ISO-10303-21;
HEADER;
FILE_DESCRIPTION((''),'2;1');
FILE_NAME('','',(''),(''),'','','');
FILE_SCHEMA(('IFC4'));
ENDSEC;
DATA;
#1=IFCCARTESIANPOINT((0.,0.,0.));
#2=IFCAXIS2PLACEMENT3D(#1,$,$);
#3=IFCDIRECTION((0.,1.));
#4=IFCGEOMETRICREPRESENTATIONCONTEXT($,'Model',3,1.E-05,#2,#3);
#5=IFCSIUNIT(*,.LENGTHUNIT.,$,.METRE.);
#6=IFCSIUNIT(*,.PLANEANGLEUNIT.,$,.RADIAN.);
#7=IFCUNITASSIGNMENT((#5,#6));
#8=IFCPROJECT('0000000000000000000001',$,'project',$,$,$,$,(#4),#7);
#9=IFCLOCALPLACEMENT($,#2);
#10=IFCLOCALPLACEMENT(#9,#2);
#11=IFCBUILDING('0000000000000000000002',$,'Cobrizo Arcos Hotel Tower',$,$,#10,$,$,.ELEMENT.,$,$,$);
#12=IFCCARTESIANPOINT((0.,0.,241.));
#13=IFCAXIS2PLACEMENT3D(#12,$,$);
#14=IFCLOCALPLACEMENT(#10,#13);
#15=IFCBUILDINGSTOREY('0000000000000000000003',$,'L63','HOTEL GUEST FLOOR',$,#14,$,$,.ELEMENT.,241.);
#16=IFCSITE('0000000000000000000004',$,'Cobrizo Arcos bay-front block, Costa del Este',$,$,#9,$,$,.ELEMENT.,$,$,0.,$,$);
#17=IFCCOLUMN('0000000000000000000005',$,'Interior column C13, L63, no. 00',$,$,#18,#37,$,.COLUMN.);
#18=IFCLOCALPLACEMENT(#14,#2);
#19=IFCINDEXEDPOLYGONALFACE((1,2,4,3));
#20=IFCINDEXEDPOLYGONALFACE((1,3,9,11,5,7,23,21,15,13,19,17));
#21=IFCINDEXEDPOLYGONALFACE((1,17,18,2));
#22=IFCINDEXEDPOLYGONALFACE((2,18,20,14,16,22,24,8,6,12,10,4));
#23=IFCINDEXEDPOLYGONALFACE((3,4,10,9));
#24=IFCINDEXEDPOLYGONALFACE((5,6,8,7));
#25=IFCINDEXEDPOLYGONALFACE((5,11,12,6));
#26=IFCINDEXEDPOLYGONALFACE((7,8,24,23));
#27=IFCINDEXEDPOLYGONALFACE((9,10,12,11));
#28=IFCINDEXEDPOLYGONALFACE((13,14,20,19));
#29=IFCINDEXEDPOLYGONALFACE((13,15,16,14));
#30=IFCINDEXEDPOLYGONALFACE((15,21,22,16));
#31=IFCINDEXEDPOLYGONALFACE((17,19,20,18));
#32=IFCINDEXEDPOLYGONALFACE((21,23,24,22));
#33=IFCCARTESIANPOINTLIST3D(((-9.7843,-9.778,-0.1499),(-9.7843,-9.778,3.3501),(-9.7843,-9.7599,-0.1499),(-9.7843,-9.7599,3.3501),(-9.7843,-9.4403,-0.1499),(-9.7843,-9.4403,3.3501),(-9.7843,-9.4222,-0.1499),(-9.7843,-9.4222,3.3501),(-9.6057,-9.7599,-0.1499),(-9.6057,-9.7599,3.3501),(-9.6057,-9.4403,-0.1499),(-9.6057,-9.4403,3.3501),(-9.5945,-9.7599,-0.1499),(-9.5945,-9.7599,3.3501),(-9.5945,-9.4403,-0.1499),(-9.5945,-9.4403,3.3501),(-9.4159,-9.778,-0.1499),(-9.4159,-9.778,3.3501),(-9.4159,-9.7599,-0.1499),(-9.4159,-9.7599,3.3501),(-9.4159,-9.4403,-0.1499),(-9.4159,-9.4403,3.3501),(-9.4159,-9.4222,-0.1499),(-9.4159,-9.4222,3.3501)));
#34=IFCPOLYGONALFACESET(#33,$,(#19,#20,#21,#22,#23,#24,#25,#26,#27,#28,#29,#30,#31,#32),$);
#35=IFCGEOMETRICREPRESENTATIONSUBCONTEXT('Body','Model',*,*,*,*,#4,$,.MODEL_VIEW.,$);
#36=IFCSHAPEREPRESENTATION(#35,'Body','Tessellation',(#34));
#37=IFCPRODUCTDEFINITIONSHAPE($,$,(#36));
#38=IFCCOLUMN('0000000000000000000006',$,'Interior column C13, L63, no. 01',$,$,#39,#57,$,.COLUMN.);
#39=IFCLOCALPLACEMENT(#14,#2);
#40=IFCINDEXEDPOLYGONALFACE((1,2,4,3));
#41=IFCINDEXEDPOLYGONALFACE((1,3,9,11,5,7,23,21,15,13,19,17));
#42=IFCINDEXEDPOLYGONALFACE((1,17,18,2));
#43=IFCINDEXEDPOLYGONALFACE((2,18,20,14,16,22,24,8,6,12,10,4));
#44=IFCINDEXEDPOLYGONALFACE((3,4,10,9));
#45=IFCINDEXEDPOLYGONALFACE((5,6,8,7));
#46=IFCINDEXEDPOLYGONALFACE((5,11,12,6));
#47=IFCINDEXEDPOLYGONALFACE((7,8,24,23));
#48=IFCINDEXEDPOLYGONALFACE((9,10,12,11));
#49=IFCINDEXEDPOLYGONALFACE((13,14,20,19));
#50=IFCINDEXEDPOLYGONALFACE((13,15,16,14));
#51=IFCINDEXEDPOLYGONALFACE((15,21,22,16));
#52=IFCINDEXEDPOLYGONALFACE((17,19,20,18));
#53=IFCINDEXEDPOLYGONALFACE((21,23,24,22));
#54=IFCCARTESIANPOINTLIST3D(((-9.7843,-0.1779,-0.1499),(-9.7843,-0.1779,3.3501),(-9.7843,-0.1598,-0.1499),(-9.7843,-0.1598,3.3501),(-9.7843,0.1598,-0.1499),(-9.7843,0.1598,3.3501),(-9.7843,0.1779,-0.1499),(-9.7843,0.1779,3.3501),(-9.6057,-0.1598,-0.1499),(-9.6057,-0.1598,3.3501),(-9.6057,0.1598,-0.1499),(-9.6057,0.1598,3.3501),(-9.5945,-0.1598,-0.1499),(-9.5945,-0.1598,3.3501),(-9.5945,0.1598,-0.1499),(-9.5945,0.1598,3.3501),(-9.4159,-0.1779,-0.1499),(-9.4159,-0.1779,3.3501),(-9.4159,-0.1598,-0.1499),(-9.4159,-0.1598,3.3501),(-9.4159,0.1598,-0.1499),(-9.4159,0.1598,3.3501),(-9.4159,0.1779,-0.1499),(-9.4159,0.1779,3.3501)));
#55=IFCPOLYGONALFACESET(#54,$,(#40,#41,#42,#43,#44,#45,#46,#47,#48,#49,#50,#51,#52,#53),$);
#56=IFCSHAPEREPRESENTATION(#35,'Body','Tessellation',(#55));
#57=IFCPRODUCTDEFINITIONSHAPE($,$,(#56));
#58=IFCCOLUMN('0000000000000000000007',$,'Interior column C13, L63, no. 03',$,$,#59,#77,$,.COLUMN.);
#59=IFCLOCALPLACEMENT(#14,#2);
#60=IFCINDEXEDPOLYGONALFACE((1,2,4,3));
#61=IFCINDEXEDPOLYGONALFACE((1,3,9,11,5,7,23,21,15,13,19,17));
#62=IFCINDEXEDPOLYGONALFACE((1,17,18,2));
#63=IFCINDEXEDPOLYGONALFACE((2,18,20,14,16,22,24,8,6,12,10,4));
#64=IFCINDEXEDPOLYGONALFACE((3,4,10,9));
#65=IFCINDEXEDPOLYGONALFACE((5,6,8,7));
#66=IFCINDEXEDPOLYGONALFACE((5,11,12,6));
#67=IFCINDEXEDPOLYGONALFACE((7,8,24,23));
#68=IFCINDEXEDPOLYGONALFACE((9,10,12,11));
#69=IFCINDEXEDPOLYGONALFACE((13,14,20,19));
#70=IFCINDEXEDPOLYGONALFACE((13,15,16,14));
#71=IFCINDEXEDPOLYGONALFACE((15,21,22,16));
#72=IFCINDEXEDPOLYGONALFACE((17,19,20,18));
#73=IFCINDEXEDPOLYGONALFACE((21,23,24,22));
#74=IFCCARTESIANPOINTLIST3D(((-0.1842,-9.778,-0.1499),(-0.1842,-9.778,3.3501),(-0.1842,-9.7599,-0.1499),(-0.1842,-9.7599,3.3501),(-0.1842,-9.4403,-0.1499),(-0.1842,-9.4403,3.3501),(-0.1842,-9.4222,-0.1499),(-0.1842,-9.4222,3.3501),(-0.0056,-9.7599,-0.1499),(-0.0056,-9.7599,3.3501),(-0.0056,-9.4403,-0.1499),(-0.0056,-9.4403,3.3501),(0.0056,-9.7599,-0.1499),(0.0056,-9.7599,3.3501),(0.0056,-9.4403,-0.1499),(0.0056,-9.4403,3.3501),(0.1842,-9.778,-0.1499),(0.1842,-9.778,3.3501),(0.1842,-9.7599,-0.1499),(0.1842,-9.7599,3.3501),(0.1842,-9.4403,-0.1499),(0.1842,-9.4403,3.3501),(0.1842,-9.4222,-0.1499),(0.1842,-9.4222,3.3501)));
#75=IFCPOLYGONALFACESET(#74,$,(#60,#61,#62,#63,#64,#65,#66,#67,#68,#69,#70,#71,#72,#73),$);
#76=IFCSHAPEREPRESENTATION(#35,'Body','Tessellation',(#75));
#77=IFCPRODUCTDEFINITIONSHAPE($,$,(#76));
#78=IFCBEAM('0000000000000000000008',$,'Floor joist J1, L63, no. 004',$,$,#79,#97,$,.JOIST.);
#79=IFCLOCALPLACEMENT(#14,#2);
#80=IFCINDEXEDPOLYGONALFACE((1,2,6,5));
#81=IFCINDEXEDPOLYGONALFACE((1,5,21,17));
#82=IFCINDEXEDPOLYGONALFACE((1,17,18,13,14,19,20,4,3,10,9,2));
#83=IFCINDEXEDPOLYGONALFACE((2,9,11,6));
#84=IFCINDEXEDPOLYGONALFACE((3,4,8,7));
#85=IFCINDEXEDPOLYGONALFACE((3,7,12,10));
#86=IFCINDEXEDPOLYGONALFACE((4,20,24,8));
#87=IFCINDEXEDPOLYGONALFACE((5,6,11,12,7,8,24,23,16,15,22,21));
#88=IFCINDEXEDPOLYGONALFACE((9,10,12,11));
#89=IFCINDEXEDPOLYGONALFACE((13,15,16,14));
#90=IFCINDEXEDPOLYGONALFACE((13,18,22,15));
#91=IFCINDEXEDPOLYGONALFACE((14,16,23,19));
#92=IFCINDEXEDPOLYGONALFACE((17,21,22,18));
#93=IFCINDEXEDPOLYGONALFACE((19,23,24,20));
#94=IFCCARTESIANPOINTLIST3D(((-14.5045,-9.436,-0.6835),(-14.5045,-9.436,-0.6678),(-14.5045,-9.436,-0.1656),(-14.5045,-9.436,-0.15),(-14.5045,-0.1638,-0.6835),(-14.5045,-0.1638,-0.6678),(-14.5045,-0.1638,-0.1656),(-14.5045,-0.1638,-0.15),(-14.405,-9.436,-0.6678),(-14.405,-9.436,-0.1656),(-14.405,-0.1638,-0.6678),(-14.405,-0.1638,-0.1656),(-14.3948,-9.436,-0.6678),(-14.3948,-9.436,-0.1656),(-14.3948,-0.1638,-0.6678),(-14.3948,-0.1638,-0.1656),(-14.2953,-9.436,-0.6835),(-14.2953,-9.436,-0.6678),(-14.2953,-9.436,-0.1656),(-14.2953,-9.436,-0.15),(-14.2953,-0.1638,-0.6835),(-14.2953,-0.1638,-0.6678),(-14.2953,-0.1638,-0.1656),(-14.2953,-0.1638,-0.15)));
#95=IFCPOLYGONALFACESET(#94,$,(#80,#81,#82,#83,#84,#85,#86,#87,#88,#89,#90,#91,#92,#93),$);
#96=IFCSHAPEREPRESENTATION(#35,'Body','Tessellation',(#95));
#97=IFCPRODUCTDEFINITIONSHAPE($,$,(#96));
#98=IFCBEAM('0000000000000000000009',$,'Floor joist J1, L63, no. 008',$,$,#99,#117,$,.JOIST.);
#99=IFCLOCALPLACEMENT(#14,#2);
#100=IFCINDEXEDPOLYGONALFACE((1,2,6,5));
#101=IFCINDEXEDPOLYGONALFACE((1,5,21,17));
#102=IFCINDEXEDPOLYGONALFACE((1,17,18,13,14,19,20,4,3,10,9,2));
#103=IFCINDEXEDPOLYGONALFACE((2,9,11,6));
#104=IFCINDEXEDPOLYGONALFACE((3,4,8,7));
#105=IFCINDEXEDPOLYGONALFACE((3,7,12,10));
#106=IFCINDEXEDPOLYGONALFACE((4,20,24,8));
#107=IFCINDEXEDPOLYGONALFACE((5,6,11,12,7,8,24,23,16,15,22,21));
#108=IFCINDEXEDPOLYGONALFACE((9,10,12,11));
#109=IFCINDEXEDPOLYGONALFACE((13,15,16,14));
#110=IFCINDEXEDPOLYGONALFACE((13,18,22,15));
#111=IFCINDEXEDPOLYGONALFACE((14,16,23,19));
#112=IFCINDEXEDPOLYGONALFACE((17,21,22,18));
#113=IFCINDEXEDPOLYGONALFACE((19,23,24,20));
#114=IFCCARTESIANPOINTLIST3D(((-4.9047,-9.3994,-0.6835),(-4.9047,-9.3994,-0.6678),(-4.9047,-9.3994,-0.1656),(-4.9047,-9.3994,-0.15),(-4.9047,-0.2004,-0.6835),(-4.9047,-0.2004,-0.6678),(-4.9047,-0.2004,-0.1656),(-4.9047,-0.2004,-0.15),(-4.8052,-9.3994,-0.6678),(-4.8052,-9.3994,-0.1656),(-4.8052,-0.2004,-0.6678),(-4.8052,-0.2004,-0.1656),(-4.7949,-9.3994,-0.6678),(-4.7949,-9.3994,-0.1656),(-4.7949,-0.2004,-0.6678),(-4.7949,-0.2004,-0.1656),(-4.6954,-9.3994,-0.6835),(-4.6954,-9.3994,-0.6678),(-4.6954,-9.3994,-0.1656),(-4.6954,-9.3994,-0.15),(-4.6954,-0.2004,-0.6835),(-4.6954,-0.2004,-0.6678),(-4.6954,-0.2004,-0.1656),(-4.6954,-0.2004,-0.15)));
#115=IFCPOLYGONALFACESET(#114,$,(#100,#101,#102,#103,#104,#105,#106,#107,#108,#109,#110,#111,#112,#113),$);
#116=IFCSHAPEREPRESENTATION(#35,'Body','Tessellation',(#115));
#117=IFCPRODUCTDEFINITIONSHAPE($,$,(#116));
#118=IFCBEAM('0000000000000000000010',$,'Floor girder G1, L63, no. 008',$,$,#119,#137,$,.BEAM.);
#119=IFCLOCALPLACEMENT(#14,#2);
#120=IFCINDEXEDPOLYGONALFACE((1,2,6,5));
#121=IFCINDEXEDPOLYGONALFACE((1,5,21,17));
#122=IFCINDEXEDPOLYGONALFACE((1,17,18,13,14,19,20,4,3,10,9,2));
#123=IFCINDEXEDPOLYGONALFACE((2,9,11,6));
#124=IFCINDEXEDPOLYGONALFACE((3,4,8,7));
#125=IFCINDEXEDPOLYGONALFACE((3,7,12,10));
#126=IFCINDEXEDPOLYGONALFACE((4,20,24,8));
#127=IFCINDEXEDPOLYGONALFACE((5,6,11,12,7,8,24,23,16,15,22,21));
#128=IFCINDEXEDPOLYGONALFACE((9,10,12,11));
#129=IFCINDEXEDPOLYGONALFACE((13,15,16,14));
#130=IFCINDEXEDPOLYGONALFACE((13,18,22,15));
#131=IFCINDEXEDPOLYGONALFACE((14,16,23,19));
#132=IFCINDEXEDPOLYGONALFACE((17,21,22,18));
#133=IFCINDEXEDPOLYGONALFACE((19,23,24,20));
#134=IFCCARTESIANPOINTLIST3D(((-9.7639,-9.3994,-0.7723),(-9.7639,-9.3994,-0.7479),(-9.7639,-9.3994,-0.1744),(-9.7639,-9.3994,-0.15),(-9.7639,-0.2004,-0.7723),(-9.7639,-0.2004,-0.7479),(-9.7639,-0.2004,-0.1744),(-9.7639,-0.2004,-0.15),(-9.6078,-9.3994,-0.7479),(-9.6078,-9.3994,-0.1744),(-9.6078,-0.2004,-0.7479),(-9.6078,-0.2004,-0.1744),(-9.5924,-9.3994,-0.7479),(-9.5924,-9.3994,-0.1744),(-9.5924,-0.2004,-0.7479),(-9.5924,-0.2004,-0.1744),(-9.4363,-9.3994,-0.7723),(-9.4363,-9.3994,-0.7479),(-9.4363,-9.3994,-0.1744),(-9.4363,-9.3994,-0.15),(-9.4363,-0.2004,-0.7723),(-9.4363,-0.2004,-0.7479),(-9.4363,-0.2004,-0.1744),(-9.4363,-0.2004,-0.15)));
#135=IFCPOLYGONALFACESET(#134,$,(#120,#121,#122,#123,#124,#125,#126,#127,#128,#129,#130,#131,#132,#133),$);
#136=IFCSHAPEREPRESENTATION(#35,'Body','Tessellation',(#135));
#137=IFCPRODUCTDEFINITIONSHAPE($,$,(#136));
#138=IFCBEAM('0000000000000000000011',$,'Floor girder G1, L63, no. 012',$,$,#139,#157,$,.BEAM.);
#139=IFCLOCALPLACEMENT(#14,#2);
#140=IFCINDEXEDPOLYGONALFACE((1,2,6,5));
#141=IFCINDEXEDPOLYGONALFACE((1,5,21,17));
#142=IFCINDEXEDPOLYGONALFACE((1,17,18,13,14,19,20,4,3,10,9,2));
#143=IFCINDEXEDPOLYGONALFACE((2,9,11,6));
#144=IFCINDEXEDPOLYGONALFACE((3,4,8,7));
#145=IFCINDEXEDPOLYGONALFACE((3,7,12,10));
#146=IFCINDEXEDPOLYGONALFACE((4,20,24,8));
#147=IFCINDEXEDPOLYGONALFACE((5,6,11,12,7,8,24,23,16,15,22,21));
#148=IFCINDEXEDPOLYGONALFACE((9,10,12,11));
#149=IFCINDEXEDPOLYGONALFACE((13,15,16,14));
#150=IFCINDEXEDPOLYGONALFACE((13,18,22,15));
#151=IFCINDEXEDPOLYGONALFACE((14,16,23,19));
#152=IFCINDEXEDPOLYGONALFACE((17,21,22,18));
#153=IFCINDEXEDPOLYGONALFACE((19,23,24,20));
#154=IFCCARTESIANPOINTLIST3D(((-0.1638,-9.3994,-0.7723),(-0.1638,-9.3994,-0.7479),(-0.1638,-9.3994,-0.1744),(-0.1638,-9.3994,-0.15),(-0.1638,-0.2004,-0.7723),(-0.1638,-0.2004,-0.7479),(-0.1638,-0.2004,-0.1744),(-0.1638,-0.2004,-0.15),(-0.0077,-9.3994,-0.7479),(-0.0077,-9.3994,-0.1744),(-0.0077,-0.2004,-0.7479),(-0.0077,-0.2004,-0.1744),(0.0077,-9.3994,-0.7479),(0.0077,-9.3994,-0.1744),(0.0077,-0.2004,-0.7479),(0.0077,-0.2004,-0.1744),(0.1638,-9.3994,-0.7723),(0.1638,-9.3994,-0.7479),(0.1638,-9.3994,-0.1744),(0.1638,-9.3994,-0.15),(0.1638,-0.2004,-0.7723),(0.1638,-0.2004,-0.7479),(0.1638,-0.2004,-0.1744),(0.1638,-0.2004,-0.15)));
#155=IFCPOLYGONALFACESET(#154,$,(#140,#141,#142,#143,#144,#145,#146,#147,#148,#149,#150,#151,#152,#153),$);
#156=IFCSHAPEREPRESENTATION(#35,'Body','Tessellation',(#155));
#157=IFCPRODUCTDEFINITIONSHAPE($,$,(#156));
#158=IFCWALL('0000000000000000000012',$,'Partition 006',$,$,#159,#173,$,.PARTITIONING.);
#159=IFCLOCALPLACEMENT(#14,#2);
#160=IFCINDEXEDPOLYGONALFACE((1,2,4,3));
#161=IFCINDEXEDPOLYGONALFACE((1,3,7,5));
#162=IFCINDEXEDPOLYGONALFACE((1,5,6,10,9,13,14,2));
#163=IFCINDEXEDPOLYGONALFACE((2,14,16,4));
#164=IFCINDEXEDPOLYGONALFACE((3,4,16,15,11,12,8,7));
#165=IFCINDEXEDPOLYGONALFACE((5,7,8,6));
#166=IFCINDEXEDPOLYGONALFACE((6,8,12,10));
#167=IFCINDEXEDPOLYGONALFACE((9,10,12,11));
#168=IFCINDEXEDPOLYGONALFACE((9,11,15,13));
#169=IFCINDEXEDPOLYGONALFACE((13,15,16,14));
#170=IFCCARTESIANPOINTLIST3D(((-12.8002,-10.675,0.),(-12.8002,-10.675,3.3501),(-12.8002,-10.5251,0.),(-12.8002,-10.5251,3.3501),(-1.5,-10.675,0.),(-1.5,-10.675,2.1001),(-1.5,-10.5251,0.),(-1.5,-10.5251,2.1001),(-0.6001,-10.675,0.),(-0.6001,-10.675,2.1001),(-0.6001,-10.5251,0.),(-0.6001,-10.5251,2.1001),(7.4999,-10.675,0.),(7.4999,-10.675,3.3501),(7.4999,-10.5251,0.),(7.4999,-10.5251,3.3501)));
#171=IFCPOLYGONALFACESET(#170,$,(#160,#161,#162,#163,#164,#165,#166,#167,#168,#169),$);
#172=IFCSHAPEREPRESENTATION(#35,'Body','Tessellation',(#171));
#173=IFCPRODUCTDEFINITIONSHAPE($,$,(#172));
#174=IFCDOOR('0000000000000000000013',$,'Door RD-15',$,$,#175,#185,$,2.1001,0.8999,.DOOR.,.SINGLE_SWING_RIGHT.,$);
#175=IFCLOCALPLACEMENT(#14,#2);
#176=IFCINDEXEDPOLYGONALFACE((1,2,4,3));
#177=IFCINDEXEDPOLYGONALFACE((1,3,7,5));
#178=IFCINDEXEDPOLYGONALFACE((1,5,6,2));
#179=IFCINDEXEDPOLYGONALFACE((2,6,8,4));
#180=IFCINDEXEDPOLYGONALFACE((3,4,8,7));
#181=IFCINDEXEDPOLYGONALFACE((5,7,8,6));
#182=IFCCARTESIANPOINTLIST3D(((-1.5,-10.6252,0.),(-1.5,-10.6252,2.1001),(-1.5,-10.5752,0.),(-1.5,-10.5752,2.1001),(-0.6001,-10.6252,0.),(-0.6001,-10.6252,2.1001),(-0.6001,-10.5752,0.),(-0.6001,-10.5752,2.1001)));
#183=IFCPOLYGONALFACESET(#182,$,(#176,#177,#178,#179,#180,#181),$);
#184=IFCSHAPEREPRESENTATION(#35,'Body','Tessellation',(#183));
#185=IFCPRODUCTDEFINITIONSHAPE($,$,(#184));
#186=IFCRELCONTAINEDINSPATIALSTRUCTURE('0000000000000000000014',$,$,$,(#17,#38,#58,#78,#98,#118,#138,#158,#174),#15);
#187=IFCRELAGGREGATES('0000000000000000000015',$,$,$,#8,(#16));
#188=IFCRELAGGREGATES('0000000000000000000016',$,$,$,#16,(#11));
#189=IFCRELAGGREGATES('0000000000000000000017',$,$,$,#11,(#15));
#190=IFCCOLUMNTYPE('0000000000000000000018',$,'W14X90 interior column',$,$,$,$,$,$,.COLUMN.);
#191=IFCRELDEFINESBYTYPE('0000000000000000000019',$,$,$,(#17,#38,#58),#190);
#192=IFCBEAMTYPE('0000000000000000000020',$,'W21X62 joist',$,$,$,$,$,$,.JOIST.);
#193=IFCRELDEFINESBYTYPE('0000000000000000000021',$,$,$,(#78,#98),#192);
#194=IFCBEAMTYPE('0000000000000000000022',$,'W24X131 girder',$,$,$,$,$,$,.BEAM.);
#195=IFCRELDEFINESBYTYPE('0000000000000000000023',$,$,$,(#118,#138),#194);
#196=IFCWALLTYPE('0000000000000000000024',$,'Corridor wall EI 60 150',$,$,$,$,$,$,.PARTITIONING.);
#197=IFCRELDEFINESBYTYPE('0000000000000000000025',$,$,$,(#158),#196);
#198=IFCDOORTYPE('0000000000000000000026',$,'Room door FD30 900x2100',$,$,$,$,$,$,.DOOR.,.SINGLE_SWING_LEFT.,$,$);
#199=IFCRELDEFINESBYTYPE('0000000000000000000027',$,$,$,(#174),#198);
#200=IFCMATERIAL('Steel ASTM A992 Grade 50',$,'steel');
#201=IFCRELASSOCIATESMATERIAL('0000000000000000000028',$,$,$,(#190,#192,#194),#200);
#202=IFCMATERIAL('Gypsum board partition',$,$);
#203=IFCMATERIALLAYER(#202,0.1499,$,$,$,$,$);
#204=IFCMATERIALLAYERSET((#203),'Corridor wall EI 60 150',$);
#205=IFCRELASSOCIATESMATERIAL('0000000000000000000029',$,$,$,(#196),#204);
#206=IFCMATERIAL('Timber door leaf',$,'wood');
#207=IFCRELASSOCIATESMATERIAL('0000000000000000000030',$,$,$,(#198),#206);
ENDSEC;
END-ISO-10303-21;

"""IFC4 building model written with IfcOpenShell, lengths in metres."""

from ifc_helpers import new_model, si_unit, direction, frame, frame_2d, origin, origin_2d, place, context, subcontext, project, spatial, rectangle, i_section, extrude, material, layer, layer_set, material_profile, profile_set, type_object, element, fill, save


model = new_model("IFC4")

# Units and contexts
model_context = context("Model", 3, precision=1e-05, world=origin(), true_north=direction((0.0, 1.0)))
body_context = subcontext(model_context, "Body", "Model", "MODEL_VIEW")
ifc_project = project(units=[si_unit("LENGTHUNIT", "METRE"), si_unit("PLANEANGLEUNIT", "RADIAN")], contexts=[model_context])

# Site, building, storey
site_placement = place(None, origin())
site = spatial("IfcSite", under=ifc_project, at=site_placement, Name="Cobrizo Arcos bay-front block, Costa del Este", CompositionType="ELEMENT", RefElevation=0.0)
building_placement = place(site_placement, origin())
building = spatial("IfcBuilding", under=site, at=building_placement, Name="Cobrizo Arcos Hotel Tower", CompositionType="ELEMENT")
storey_placement = place(building_placement, frame((0.0, 0.0, 241.0)))
storey = spatial("IfcBuildingStorey", under=building, at=storey_placement, Name="L63", Description="HOTEL GUEST FLOOR", CompositionType="ELEMENT", Elevation=241.0)

# Columns
ifc_material_1 = material(Name="Steel ASTM A992 Grade 50", Category="steel")
ifc_material_profile_1 = material_profile(ifc_material_1, i_section(OverallWidth=0.3684, OverallDepth=0.3557, WebThickness=0.0112, FlangeThickness=0.0181, at=origin_2d()), Name="W14X90")
ifc_profile_set_1 = profile_set([ifc_material_profile_1], Name="Steel ASTM A992 Grade 50")
column_type = type_object("IfcColumnType", Name="W14X90 interior column", PredefinedType="COLUMN", material=ifc_profile_set_1)
for number, where, z_axis, x_axis, name in (
    (1, (-9.6001, -9.6001, -0.1499), (0.0, 0.0, 1.0), (1.0, 0.0, 0.0), "Interior column C13, L63, no. 00"),
    (2, (-9.6001, 0.0, -0.1499), (0.0, 0.0, 1.0), (1.0, 0.0, 0.0), "Interior column C13, L63, no. 01"),
    (3, (0.0, -9.6001, -0.1499), (0.0, 0.0, 1.0), (1.0, 0.0, 0.0), "Interior column C13, L63, no. 03"),
):
    element("IfcColumn", number, at=place(storey_placement, frame(where, z_axis=z_axis, x_axis=x_axis)), inside=storey, type_object=column_type, Name=name, PredefinedType="COLUMN", context=body_context, shape_type="SweptSolid", body=[
        extrude(i_section(OverallWidth=0.3684, OverallDepth=0.3557, WebThickness=0.0112, FlangeThickness=0.0181, at=origin_2d()), origin(), (0.0, 0.0, 1.0), 3.5),
    ])

# Beams
ifc_material_profile_2 = material_profile(ifc_material_1, i_section(OverallWidth=0.2092, OverallDepth=0.5334, WebThickness=0.0103, FlangeThickness=0.0156, at=origin_2d()), Name="W21X62")
ifc_profile_set_2 = profile_set([ifc_material_profile_2], Name="Steel ASTM A992 Grade 50")
beam_type_1 = type_object("IfcBeamType", Name="W21X62 joist", PredefinedType="JOIST", material=ifc_profile_set_2)
beam_1_placement = place(storey_placement, frame((-14.3999, -9.436, -0.4167), z_axis=(0.0, 1.0, 0.0), x_axis=(-1.0, 0.0, 0.0)))
element("IfcBeam", 4, at=beam_1_placement, inside=storey, type_object=beam_type_1, Name="Floor joist J1, L63, no. 004", PredefinedType="JOIST", context=body_context, shape_type="SweptSolid", body=[
    extrude(i_section(OverallWidth=0.2092, OverallDepth=0.5334, WebThickness=0.0103, FlangeThickness=0.0156, at=origin_2d()), origin(), (0.0, 0.0, 1.0), 9.2722),
])
beam_2_placement = place(storey_placement, frame((-4.8, -9.3994, -0.4167), z_axis=(0.0, 1.0, 0.0), x_axis=(-1.0, 0.0, 0.0)))
element("IfcBeam", 5, at=beam_2_placement, inside=storey, type_object=beam_type_1, Name="Floor joist J1, L63, no. 008", PredefinedType="JOIST", context=body_context, shape_type="SweptSolid", body=[
    extrude(i_section(OverallWidth=0.2092, OverallDepth=0.5334, WebThickness=0.0103, FlangeThickness=0.0156, at=origin_2d()), origin(), (0.0, 0.0, 1.0), 9.199),
])
ifc_material_profile_3 = material_profile(ifc_material_1, i_section(OverallWidth=0.3276, OverallDepth=0.6223, WebThickness=0.0154, FlangeThickness=0.0244, at=origin_2d()), Name="W24X131")
ifc_profile_set_3 = profile_set([ifc_material_profile_3], Name="Steel ASTM A992 Grade 50")
beam_type_2 = type_object("IfcBeamType", Name="W24X131 girder", PredefinedType="BEAM", material=ifc_profile_set_3)
for number, where, z_axis, x_axis, name in (
    (6, (-9.6001, -9.3994, -0.4612), (0.0, 1.0, 0.0), (-1.0, 0.0, 0.0), "Floor girder G1, L63, no. 008"),
    (7, (0.0, -9.3994, -0.4612), (0.0, 1.0, 0.0), (-1.0, 0.0, 0.0), "Floor girder G1, L63, no. 012"),
):
    element("IfcBeam", number, at=place(storey_placement, frame(where, z_axis=z_axis, x_axis=x_axis)), inside=storey, type_object=beam_type_2, Name=name, PredefinedType="BEAM", context=body_context, shape_type="SweptSolid", body=[
        extrude(i_section(OverallWidth=0.3276, OverallDepth=0.6223, WebThickness=0.0154, FlangeThickness=0.0244, at=origin_2d()), origin(), (0.0, 0.0, 1.0), 9.199),
    ])

# Wall, opening, door
ifc_material_2 = material(Name="Gypsum board partition")
ifc_layer_1 = layer(ifc_material_2, 0.1499)
ifc_layer_set_1 = layer_set([ifc_layer_1], Name="Corridor wall EI 60 150")
wall_type_1 = type_object("IfcWallType", Name="Corridor wall EI 60 150", PredefinedType="PARTITIONING", material=ifc_layer_set_1)
wall_1_placement = place(storey_placement, frame((-12.8, -10.6001, 0.0), z_axis=(0.0, 0.0, 1.0), x_axis=(1.0, 0.0, 0.0)))
wall_1 = element("IfcWall", 8, at=wall_1_placement, inside=storey, type_object=wall_type_1, Name="Partition 006", PredefinedType="PARTITIONING", context=body_context, shape_type="SweptSolid", body=[
    extrude(rectangle(XDim=20.3, YDim=0.1499, at=frame_2d((10.1499, 0.0))), origin(), (0.0, 0.0, 1.0), 3.3501),
])
opening_1_placement = place(wall_1_placement, frame((11.3, 0.0, 0.0)))
opening_1 = element("IfcOpeningElement", 9, at=opening_1_placement, cuts=wall_1, PredefinedType="OPENING", context=body_context, shape_type="SweptSolid", body=[
    extrude(rectangle(XDim=0.8999, YDim=2.1001, at=frame_2d((0.45, 1.05))), frame((0.0, 0.0869, 0.0), z_axis=(0.0, -1.0, 0.0), x_axis=(1.0, 0.0, 0.0)), (0.0, 0.0, 1.0), 0.1738),
])
ifc_material_3 = material(Name="Timber door leaf", Category="wood")
door_type = type_object("IfcDoorType", Name="Room door FD30 900x2100", OperationType="SINGLE_SWING_LEFT", PredefinedType="DOOR", material=ifc_material_3)
door_1_placement = place(opening_1_placement, origin())
door_1 = element("IfcDoor", 10, at=door_1_placement, inside=storey, type_object=door_type, Name="Door RD-15", OperationType="SINGLE_SWING_RIGHT", OverallHeight=2.1001, OverallWidth=0.8999, PredefinedType="DOOR", context=body_context, shape_type="SweptSolid", body=[
    extrude(rectangle(XDim=0.8999, YDim=2.1001, at=frame_2d((0.45, 1.05))), frame((0.0, 0.0249, 0.0), z_axis=(0.0, -1.0, 0.0), x_axis=(1.0, 0.0, 0.0)), (0.0, 0.0, 1.0), 0.05),
])
fill(opening_1, door_1)

save(model, "model.ifc")
